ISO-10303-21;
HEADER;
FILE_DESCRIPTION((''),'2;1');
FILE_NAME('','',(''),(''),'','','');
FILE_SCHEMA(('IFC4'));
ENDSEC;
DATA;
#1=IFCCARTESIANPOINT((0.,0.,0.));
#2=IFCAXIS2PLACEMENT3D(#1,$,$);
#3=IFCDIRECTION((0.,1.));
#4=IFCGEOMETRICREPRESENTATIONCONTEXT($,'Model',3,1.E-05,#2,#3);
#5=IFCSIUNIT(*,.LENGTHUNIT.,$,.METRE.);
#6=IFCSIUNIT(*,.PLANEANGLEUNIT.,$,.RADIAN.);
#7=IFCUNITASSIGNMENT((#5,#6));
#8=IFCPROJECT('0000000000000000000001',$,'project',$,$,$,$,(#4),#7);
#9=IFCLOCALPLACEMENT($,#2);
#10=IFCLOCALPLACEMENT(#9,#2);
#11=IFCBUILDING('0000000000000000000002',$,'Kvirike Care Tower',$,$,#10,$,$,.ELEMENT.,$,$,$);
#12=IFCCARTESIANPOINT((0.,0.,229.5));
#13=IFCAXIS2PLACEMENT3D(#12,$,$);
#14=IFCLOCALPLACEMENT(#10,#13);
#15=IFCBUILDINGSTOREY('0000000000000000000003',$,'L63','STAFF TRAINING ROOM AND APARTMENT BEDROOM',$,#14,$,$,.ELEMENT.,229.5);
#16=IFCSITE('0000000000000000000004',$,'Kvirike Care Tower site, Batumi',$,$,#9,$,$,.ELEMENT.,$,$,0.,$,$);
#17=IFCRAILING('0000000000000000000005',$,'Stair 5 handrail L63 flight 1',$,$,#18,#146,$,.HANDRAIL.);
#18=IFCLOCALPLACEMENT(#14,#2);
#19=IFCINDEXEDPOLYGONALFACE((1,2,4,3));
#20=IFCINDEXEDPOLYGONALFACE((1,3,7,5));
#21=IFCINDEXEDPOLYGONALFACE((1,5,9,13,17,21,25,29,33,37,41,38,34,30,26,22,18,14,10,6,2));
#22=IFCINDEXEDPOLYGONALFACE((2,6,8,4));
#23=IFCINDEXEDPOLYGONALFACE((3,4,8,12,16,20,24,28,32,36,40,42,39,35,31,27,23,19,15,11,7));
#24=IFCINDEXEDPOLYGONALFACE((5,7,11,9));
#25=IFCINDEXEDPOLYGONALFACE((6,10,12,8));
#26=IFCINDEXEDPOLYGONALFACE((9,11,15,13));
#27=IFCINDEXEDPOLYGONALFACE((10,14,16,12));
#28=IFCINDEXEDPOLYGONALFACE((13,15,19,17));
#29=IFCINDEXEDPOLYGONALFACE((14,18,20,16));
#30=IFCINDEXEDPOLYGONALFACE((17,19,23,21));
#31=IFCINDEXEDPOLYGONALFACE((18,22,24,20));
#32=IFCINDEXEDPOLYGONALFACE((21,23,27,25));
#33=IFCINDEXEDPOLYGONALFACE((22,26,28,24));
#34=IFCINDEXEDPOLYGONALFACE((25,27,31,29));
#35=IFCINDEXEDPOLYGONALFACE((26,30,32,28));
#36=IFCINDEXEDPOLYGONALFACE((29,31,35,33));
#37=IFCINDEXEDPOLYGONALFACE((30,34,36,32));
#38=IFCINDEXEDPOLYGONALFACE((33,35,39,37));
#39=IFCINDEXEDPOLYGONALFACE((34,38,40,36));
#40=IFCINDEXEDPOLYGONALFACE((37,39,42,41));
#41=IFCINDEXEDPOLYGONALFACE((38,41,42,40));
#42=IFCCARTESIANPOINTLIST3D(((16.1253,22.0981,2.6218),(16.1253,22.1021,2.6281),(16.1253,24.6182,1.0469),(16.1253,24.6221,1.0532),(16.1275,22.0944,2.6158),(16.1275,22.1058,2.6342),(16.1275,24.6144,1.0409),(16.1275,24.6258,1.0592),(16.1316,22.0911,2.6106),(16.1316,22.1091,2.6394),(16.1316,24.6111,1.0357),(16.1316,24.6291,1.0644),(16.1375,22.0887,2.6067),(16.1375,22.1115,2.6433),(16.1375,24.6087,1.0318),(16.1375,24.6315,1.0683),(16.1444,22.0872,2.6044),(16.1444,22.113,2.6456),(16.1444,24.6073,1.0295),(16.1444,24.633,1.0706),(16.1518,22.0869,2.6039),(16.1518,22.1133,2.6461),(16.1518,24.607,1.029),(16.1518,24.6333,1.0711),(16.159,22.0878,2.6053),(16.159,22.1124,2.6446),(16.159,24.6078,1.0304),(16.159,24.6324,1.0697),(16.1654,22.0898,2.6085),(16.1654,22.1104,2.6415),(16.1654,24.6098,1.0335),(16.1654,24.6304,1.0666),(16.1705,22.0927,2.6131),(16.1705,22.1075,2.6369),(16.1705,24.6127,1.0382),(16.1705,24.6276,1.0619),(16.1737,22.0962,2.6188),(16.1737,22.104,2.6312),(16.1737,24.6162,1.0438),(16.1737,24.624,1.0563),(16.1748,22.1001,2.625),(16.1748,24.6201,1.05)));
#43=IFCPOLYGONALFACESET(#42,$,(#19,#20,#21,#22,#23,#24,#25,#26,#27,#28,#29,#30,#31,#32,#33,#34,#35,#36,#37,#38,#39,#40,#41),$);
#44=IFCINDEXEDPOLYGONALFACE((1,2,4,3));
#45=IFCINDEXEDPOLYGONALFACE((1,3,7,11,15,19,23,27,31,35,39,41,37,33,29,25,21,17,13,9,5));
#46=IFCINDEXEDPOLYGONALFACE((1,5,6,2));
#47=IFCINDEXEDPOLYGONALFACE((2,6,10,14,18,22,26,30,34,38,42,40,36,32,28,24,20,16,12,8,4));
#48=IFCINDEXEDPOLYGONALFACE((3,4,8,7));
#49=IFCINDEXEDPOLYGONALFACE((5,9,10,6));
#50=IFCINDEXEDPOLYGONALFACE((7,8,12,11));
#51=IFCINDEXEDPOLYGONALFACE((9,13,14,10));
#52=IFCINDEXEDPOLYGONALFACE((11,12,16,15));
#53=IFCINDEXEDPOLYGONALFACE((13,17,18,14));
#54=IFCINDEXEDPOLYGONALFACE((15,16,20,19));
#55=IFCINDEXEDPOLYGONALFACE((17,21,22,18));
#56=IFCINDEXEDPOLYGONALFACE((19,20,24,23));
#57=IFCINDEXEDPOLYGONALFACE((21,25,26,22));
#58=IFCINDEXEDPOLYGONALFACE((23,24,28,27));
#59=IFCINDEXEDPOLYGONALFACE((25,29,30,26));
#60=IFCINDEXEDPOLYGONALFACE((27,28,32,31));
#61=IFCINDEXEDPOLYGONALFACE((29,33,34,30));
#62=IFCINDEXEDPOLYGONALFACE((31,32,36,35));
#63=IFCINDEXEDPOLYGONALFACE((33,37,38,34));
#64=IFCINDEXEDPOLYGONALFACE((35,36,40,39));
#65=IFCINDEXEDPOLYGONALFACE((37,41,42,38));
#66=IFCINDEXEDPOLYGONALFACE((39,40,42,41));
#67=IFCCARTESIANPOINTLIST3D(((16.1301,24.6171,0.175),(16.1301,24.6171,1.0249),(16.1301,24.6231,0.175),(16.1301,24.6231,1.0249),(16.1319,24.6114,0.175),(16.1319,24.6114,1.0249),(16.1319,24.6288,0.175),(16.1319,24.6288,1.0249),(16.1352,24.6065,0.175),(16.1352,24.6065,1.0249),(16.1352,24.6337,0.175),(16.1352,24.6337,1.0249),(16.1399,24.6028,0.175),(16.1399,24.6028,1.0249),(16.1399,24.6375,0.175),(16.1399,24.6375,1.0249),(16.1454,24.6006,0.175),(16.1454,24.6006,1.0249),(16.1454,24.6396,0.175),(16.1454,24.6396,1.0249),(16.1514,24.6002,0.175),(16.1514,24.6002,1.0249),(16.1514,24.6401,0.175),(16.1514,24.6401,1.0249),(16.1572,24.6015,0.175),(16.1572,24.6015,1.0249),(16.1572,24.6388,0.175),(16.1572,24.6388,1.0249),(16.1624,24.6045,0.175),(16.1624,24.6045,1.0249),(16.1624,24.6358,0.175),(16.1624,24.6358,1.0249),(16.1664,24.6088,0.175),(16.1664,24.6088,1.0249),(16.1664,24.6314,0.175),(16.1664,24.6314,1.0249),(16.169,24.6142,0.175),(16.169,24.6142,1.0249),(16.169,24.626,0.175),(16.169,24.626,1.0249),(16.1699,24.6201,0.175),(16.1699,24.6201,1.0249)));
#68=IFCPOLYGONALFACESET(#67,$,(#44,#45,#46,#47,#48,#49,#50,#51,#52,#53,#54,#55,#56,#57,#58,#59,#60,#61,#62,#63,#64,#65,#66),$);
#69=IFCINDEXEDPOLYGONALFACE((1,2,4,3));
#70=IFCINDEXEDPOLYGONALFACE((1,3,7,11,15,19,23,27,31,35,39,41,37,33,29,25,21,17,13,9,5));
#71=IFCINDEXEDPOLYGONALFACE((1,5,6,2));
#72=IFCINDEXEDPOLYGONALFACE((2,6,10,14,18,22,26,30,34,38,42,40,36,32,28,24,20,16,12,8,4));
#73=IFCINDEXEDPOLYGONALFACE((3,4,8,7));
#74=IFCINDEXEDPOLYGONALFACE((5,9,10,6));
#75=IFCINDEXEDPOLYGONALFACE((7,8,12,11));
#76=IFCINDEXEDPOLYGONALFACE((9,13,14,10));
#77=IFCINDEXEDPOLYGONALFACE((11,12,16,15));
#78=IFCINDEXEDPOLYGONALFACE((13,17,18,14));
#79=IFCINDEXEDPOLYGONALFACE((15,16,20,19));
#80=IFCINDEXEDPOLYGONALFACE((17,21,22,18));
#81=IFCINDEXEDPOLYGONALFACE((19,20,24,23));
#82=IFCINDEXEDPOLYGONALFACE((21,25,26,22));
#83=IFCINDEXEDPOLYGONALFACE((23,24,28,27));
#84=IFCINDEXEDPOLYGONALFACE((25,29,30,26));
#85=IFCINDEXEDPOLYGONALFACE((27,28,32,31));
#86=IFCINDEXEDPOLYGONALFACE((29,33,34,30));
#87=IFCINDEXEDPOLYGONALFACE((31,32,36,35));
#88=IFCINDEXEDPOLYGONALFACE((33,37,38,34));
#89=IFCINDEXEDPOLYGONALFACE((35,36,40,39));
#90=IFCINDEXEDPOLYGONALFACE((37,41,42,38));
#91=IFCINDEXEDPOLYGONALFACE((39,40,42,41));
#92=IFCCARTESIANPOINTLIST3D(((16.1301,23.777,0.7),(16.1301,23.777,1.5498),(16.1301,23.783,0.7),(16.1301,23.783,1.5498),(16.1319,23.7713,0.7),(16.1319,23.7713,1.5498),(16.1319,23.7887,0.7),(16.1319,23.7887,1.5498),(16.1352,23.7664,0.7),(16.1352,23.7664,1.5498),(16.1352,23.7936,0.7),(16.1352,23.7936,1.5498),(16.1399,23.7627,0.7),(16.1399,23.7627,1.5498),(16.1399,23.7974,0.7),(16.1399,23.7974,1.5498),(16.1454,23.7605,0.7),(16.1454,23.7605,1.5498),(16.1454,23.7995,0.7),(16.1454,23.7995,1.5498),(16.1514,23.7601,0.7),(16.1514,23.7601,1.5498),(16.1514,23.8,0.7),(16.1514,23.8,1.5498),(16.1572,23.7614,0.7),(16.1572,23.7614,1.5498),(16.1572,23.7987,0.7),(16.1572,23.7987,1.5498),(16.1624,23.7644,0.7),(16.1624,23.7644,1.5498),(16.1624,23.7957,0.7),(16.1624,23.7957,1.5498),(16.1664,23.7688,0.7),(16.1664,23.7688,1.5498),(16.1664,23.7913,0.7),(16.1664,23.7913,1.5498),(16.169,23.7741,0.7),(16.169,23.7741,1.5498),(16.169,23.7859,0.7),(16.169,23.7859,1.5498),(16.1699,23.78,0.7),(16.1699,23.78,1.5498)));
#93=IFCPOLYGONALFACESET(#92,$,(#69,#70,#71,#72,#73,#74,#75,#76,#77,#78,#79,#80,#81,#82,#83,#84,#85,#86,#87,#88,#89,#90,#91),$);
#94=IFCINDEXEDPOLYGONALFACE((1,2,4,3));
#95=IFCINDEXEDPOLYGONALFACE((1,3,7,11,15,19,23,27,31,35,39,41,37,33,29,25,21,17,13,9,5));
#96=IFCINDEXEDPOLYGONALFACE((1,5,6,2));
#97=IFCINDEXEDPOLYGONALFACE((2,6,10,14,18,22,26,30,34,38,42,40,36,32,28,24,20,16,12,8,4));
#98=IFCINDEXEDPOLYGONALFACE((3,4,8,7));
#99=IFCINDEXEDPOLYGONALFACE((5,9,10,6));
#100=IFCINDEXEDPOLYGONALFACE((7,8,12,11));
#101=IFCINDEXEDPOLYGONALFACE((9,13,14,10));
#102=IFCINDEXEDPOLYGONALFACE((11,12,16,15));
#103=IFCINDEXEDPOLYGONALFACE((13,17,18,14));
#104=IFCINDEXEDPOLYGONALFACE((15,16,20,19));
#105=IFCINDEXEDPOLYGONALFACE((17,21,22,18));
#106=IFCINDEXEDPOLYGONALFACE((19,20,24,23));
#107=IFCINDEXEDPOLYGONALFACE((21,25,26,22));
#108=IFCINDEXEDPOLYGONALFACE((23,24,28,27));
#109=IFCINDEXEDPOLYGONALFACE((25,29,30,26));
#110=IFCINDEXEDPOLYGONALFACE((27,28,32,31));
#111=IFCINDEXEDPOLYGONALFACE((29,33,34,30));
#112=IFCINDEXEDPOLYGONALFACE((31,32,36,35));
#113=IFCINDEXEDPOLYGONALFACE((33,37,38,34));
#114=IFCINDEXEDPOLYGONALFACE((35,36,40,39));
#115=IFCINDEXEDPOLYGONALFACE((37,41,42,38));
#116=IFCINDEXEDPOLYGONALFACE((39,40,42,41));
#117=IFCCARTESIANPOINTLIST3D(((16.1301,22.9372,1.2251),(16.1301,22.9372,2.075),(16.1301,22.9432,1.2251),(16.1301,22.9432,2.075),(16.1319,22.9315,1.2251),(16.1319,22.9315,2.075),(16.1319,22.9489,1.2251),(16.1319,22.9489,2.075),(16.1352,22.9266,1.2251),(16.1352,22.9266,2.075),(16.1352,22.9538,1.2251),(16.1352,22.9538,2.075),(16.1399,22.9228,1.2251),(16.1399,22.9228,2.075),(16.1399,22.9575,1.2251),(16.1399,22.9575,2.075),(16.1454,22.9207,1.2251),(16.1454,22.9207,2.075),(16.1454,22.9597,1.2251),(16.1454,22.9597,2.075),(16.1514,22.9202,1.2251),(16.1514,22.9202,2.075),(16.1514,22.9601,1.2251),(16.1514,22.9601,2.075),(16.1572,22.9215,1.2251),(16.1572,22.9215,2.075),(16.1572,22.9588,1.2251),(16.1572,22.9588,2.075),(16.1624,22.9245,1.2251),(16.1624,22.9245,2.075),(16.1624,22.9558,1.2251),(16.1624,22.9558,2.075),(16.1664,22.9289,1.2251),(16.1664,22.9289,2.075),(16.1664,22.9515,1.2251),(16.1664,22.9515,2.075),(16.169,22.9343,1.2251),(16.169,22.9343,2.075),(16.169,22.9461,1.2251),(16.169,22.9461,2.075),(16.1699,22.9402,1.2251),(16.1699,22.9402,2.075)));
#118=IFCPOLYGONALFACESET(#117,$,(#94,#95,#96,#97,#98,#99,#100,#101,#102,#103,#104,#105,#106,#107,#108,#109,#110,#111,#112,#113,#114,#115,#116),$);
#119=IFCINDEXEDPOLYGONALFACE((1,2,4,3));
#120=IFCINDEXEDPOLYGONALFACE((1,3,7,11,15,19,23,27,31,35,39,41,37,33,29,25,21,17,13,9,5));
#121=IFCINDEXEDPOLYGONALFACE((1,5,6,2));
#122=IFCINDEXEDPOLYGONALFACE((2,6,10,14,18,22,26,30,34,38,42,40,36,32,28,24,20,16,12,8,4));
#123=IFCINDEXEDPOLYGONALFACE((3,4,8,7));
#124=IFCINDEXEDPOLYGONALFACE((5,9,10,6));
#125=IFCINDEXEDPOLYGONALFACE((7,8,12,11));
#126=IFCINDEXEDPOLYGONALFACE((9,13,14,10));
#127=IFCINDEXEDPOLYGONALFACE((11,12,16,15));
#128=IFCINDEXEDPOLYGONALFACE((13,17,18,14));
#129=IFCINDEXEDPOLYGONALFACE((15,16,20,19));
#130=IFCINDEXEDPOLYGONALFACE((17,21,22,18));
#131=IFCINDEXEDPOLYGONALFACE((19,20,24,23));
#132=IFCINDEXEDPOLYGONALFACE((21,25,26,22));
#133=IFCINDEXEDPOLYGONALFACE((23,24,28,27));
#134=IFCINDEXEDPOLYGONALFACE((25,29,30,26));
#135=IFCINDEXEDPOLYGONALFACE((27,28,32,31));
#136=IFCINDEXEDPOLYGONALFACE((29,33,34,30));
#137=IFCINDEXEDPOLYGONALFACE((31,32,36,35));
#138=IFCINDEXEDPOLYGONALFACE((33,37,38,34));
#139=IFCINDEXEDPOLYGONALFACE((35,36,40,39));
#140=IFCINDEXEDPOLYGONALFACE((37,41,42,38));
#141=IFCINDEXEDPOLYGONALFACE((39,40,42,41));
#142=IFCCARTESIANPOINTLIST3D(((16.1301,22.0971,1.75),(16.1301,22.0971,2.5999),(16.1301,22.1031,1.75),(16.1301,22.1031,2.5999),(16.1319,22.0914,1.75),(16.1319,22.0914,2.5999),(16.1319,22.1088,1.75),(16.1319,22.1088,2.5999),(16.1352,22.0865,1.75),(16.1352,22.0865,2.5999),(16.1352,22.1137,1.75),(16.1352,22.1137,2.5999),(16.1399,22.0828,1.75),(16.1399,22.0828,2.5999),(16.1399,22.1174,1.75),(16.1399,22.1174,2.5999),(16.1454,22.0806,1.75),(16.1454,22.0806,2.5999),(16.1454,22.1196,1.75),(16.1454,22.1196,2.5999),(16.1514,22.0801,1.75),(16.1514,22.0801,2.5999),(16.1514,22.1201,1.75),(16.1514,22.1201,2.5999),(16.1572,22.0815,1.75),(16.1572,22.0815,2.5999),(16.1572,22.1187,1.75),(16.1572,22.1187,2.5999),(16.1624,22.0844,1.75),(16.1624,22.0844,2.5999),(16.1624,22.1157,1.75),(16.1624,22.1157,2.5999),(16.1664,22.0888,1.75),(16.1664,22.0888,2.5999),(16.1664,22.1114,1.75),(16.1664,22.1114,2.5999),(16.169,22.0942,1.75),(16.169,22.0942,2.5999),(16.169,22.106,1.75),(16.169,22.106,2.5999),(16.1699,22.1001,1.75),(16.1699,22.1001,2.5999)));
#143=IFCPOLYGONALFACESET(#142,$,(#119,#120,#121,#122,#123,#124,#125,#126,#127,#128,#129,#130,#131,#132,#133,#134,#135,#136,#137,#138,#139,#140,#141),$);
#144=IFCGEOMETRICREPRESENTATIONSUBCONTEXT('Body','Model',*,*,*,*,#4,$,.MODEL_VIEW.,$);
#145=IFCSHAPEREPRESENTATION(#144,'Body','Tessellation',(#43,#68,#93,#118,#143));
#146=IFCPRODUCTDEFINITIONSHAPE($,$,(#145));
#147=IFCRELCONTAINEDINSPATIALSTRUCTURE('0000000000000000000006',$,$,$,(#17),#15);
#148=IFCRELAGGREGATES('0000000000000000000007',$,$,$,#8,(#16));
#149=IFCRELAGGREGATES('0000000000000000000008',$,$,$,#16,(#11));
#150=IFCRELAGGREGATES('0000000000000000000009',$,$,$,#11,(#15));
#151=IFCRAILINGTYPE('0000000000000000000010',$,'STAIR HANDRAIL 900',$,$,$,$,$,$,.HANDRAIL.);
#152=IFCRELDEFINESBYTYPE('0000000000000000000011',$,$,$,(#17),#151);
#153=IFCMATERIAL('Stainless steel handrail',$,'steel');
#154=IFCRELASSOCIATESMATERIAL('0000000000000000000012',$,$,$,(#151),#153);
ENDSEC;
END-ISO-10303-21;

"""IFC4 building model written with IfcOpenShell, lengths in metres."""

from ifc_helpers import new_model, si_unit, direction, frame, origin, origin_2d, place, context, subcontext, project, spatial, circle, extrude, material, type_object, element, save


model = new_model("IFC4")

# Units and contexts
model_context = context("Model", 3, precision=1e-05, world=origin(), true_north=direction((0.0, 1.0)))
body_context = subcontext(model_context, "Body", "Model", "MODEL_VIEW")
ifc_project = project(units=[si_unit("LENGTHUNIT", "METRE"), si_unit("PLANEANGLEUNIT", "RADIAN")], contexts=[model_context])

# Site, building, storey
site_placement = place(None, origin())
site = spatial("IfcSite", under=ifc_project, at=site_placement, Name="Kvirike Care Tower site, Batumi", CompositionType="ELEMENT", RefElevation=0.0)
building_placement = place(site_placement, origin())
building = spatial("IfcBuilding", under=site, at=building_placement, Name="Kvirike Care Tower", CompositionType="ELEMENT")
storey_placement = place(building_placement, frame((0.0, 0.0, 229.5)))
storey = spatial("IfcBuildingStorey", under=building, at=storey_placement, Name="L63", Description="STAFF TRAINING ROOM AND APARTMENT BEDROOM", CompositionType="ELEMENT", Elevation=229.5)

# Railing
ifc_material_1 = material(Name="Stainless steel handrail", Category="steel")
railing_type = type_object("IfcRailingType", Name="STAIR HANDRAIL 900", PredefinedType="HANDRAIL", material=ifc_material_1)
railing_1_placement = place(storey_placement, frame((16.1499, 24.6201, 0.175)))
element("IfcRailing", 1, at=railing_1_placement, inside=storey, type_object=railing_type, Name="Stair 5 handrail L63 flight 1", PredefinedType="HANDRAIL", context=body_context, shape_type="SweptSolid", body=[
    extrude(circle(Radius=0.0249, at=origin_2d()), frame((0.0, 0.0, 0.875), z_axis=(0.0, -0.848008, 0.529984), x_axis=(1.0, 0.0, 0.0)), (0.0, 0.0, 1.0), 2.9717),
    extrude(circle(Radius=0.02, at=origin_2d()), origin(), (0.0, 0.0, 1.0), 0.8499),
    extrude(circle(Radius=0.02, at=origin_2d()), frame((0.0, -0.8401, 0.5249)), (0.0, 0.0, 1.0), 0.8499),
    extrude(circle(Radius=0.02, at=origin_2d()), frame((0.0, -1.6799, 1.05)), (0.0, 0.0, 1.0), 0.8499),
    extrude(circle(Radius=0.02, at=origin_2d()), frame((0.0, -2.52, 1.575)), (0.0, 0.0, 1.0), 0.8499),
])

save(model, "model.ifc")
